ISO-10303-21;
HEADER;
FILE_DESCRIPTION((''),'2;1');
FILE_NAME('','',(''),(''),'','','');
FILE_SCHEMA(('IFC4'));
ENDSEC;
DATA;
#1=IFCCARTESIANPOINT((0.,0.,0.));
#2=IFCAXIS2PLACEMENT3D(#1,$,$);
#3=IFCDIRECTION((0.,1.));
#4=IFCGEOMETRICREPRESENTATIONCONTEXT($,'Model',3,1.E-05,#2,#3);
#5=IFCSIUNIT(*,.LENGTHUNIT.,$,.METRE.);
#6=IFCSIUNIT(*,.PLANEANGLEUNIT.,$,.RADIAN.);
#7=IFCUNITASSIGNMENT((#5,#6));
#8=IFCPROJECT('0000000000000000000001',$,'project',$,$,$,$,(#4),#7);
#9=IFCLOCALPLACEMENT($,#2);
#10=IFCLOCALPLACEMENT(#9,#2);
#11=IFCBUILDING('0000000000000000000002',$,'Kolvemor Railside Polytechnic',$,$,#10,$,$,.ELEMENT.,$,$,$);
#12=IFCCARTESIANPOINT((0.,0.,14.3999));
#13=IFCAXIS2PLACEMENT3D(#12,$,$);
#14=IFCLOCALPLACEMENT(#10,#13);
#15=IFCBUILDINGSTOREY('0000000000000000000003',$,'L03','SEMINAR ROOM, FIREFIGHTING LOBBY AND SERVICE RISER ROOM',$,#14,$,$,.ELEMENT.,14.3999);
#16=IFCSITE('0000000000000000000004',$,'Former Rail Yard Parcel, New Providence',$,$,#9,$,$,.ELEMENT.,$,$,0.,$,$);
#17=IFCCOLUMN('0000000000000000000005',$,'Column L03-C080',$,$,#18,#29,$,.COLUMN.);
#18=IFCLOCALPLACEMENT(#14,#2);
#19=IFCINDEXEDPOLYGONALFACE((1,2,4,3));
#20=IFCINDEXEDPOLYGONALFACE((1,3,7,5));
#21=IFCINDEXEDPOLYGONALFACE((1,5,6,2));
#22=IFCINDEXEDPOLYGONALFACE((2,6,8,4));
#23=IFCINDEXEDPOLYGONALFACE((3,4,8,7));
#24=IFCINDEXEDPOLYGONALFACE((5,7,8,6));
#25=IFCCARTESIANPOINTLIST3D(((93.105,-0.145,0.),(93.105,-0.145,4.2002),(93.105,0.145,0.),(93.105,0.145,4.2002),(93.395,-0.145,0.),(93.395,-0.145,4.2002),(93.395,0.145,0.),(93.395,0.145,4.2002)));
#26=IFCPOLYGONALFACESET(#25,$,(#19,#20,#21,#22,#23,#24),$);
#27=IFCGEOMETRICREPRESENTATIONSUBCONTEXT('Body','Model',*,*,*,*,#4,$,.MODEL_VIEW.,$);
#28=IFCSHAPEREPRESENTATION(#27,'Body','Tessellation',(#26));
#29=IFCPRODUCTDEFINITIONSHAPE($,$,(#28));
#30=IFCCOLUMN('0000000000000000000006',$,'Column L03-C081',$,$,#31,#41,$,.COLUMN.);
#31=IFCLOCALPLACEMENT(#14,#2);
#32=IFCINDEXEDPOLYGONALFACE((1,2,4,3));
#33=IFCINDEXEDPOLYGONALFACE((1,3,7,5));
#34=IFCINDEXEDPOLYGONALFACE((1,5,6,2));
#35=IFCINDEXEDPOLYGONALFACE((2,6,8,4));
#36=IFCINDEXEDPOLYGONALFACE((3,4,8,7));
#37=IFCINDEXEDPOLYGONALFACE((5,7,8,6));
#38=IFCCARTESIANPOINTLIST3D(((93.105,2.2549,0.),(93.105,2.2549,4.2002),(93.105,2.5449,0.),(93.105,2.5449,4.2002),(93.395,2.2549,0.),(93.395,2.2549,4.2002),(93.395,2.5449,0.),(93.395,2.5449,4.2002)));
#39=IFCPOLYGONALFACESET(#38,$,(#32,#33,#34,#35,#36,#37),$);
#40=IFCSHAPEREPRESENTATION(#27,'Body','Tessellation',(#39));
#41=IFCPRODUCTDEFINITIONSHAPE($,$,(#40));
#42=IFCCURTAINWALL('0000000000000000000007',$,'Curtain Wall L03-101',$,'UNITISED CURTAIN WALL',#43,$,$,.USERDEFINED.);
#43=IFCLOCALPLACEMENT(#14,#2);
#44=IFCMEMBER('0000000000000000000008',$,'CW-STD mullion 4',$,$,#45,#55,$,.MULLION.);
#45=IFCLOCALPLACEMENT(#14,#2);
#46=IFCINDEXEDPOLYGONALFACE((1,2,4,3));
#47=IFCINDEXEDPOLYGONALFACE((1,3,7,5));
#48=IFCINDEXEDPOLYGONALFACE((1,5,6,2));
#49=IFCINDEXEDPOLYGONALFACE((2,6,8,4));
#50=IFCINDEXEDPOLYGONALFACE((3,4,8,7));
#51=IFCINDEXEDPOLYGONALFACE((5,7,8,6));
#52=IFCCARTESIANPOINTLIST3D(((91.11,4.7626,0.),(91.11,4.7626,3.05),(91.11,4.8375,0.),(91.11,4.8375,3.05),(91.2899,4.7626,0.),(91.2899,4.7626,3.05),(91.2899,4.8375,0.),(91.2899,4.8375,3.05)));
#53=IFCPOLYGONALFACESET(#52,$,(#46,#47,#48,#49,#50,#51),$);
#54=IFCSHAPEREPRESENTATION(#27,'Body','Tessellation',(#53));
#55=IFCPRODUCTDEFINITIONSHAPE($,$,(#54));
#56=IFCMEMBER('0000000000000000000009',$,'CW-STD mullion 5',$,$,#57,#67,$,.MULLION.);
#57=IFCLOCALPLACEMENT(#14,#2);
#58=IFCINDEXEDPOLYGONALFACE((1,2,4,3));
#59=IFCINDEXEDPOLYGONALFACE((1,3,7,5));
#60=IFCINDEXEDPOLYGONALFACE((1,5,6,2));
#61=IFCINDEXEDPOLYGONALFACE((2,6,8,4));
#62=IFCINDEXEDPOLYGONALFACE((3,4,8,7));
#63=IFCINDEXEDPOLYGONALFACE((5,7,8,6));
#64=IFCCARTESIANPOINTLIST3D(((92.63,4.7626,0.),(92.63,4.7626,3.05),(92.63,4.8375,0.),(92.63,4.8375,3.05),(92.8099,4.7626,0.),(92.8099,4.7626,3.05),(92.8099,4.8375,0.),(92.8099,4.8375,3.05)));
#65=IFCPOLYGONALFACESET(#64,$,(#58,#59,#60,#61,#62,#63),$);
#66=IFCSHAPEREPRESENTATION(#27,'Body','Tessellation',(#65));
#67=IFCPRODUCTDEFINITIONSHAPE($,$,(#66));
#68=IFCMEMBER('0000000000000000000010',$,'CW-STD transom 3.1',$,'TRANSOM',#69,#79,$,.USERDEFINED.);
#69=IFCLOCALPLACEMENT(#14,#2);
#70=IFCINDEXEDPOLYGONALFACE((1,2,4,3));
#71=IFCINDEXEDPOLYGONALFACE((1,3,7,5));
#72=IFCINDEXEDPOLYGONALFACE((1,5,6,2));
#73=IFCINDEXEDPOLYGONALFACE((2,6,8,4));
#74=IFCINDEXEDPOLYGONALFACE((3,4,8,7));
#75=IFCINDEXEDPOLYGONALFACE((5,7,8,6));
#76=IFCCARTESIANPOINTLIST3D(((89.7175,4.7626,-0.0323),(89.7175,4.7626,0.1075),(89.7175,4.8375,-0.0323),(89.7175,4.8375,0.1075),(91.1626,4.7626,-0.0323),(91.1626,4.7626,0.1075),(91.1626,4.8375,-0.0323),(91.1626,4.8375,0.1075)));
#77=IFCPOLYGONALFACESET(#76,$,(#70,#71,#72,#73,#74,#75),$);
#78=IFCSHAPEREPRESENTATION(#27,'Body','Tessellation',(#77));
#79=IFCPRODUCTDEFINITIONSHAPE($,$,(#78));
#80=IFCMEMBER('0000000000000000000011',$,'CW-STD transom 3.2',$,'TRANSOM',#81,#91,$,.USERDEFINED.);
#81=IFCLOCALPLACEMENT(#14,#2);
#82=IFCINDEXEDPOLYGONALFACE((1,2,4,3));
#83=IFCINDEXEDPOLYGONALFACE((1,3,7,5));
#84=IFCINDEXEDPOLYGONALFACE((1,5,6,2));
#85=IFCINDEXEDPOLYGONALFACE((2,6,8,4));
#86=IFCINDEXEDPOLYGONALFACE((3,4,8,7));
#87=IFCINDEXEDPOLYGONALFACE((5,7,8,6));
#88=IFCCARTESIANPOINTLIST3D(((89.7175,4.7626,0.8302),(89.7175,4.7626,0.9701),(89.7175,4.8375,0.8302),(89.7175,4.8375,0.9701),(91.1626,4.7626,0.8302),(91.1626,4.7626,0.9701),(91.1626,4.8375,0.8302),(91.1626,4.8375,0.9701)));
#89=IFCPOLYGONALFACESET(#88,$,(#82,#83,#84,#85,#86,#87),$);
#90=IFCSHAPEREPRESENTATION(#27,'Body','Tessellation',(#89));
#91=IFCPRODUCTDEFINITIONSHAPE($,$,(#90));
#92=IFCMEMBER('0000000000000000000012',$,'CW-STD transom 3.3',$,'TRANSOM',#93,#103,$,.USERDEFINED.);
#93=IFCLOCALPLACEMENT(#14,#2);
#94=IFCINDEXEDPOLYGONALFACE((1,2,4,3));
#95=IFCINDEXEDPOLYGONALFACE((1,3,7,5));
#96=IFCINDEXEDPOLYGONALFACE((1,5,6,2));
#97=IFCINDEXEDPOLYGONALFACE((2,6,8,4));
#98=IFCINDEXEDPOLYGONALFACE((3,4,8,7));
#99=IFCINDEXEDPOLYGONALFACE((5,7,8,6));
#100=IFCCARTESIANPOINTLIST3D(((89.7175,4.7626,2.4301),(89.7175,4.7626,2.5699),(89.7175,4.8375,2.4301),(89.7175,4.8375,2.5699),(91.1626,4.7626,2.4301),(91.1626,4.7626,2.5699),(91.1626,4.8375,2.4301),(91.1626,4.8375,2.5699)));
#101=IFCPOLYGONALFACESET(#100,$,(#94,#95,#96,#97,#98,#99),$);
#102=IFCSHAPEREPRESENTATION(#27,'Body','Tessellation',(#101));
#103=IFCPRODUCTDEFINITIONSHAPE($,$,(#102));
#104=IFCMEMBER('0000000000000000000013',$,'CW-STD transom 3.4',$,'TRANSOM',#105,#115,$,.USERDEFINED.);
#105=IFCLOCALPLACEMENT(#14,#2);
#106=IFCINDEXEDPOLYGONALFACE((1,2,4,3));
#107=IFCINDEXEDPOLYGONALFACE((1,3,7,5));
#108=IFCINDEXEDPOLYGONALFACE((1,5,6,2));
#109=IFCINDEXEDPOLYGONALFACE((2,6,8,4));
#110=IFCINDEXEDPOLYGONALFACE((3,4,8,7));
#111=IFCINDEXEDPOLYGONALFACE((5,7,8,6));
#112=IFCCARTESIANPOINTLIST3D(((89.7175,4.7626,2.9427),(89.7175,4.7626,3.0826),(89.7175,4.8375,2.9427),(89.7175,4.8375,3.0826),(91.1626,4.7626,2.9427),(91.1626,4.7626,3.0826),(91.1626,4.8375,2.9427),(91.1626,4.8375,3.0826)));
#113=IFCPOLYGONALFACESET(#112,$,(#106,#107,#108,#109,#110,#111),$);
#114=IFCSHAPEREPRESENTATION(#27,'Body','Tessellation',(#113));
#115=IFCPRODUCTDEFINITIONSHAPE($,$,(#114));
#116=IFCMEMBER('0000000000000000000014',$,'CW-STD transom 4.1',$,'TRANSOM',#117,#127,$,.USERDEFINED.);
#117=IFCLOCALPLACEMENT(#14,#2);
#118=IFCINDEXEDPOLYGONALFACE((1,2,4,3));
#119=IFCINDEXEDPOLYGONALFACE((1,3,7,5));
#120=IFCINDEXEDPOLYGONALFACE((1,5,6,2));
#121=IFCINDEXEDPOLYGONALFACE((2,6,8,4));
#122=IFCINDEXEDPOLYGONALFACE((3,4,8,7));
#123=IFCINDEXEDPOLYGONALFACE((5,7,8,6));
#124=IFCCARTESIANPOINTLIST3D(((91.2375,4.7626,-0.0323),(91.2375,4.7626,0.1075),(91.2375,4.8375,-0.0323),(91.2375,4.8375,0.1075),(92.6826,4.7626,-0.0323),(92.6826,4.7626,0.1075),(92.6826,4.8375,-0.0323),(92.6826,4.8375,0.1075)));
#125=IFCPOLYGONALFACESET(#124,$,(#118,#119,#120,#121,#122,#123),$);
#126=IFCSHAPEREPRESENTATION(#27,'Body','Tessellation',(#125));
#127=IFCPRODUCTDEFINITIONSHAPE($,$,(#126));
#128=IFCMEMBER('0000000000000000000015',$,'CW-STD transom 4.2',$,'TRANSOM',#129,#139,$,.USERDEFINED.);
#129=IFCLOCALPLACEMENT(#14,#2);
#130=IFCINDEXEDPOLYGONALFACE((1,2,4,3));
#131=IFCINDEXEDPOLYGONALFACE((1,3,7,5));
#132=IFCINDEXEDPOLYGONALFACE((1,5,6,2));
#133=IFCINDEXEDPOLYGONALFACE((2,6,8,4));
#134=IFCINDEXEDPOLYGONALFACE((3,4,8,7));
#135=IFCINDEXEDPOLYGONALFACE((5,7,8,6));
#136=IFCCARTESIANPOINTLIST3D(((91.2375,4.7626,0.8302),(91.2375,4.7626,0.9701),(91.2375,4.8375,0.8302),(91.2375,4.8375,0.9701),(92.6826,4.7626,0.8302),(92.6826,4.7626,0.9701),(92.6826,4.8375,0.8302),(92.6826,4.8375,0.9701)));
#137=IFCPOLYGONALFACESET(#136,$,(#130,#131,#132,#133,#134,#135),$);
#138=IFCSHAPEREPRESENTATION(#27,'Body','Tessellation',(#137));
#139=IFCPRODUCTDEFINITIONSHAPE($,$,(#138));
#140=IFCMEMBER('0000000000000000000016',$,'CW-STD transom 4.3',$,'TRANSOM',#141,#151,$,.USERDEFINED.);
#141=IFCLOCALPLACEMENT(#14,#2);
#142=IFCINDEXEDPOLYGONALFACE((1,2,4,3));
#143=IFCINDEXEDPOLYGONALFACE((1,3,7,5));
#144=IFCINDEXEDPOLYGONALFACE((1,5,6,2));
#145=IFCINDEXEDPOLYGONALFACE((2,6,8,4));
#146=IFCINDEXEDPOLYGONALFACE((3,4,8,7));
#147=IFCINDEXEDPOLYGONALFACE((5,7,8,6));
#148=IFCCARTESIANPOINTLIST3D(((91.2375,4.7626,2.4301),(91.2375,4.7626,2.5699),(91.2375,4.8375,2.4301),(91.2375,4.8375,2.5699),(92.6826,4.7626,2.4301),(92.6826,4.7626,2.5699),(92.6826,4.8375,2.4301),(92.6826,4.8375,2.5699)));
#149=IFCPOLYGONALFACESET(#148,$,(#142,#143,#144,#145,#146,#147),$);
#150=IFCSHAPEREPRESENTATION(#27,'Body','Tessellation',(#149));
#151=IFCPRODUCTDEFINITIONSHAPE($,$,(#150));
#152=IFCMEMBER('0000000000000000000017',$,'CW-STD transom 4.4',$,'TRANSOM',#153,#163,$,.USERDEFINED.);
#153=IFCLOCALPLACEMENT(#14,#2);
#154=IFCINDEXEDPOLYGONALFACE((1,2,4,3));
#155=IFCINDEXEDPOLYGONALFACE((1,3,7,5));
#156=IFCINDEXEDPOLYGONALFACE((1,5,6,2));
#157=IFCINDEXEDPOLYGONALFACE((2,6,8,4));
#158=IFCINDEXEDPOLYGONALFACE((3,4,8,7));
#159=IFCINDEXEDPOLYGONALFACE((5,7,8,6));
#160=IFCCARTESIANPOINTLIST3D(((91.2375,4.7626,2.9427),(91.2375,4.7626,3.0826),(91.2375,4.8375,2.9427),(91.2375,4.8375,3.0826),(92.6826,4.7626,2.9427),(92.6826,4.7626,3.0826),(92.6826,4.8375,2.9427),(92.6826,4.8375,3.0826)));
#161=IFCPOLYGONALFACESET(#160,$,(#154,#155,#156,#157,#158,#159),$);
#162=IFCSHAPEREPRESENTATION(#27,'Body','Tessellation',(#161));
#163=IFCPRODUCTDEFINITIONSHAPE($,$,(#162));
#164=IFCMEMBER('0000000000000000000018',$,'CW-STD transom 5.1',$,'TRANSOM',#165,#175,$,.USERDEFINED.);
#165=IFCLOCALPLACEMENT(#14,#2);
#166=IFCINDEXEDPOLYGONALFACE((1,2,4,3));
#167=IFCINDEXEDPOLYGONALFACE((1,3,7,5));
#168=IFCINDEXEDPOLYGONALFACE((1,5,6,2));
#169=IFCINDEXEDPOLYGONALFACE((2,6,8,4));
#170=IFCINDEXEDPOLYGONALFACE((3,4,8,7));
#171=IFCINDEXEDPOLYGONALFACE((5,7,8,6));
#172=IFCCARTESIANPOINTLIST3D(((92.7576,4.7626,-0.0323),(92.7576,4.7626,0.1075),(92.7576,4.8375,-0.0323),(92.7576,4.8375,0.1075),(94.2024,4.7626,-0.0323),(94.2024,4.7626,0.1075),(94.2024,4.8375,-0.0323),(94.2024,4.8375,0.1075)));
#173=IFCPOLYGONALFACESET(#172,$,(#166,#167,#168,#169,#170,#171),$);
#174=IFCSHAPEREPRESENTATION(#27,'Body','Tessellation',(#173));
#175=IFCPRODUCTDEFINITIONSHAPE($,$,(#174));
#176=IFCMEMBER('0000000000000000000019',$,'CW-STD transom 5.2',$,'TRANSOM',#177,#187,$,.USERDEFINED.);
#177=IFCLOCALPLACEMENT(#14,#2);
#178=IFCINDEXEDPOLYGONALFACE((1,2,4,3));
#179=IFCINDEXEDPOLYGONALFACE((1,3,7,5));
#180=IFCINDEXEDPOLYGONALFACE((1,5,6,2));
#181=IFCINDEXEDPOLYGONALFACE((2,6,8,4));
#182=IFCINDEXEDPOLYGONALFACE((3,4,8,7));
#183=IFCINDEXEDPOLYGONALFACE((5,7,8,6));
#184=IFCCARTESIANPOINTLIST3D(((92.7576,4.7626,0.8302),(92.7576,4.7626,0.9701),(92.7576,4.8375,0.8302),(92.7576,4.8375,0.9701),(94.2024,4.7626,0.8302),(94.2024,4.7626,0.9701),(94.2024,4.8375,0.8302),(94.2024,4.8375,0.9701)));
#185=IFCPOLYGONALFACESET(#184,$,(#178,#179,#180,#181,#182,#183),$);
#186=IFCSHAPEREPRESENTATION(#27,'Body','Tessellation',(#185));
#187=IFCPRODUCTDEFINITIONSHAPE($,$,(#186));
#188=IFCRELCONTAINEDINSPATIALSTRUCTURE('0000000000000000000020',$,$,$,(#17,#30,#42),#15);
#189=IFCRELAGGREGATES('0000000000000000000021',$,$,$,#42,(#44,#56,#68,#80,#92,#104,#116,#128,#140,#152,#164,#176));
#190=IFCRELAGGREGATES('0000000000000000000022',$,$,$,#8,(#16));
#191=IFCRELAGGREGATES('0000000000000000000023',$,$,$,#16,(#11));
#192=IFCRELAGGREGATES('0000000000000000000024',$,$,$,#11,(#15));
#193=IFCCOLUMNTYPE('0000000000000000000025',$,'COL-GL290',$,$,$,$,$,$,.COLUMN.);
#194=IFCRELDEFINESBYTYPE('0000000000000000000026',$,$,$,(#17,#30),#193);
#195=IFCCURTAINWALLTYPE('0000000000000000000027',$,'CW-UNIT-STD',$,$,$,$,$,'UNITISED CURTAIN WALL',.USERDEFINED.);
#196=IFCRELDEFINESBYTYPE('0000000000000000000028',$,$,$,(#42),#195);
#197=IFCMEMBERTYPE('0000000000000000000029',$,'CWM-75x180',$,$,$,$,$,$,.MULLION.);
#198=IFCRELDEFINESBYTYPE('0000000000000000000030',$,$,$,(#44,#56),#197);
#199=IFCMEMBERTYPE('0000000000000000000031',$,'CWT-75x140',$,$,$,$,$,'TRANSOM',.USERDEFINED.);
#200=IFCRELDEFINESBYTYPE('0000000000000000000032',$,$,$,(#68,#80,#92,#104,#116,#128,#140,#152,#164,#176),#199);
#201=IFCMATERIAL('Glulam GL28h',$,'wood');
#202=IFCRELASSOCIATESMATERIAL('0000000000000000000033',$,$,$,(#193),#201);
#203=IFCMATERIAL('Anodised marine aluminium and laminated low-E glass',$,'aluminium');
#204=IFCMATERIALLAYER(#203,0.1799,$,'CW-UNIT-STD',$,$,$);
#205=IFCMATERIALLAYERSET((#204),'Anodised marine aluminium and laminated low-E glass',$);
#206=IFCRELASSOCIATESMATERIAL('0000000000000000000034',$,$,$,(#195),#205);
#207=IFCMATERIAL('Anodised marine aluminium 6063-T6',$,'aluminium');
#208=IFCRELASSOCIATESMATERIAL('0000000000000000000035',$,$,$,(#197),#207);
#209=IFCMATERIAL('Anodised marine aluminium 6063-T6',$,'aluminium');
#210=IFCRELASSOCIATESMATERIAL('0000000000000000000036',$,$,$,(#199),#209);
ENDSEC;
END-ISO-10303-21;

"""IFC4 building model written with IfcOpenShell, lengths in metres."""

from ifc_helpers import new_model, si_unit, direction, frame, origin, origin_2d, place, context, subcontext, project, spatial, rectangle, extrude, material, layer, layer_set, material_profile, profile_set, type_object, element, aggregate, save


model = new_model("IFC4")

# Units and contexts
model_context = context("Model", 3, precision=1e-05, world=origin(), true_north=direction((0.0, 1.0)))
body_context = subcontext(model_context, "Body", "Model", "MODEL_VIEW")
ifc_project = project(units=[si_unit("LENGTHUNIT", "METRE"), si_unit("PLANEANGLEUNIT", "RADIAN")], contexts=[model_context])

# Site, building, storey
site_placement = place(None, origin())
site = spatial("IfcSite", under=ifc_project, at=site_placement, Name="Former Rail Yard Parcel, New Providence", CompositionType="ELEMENT", RefElevation=0.0)
building_placement = place(site_placement, origin())
building = spatial("IfcBuilding", under=site, at=building_placement, Name="Kolvemor Railside Polytechnic", CompositionType="ELEMENT")
storey_placement = place(building_placement, frame((0.0, 0.0, 14.3999)))
storey = spatial("IfcBuildingStorey", under=building, at=storey_placement, Name="L03", Description="SEMINAR ROOM, FIREFIGHTING LOBBY AND SERVICE RISER ROOM", CompositionType="ELEMENT", Elevation=14.3999)

# Columns
ifc_material_1 = material(Name="Glulam GL28h", Category="wood")
ifc_material_profile_1 = material_profile(ifc_material_1, rectangle(XDim=0.29, YDim=0.29, at=origin_2d()), Name="GL290x290")
ifc_profile_set_1 = profile_set([ifc_material_profile_1], Name="Glulam GL28h")
column_type = type_object("IfcColumnType", Name="COL-GL290", PredefinedType="COLUMN", material=ifc_profile_set_1)
for number, where, z_axis, x_axis, name in (
    (1, (93.25, 0.0, 0.0), (0.0, 0.0, 1.0), (1.0, 0.0, 0.0), "Column L03-C080"),
    (2, (93.25, 2.3999, 0.0), (0.0, 0.0, 1.0), (1.0, 0.0, 0.0), "Column L03-C081"),
):
    element("IfcColumn", number, at=place(storey_placement, frame(where, z_axis=z_axis, x_axis=x_axis)), inside=storey, type_object=column_type, Name=name, PredefinedType="COLUMN", context=body_context, shape_type="SweptSolid", body=[
        extrude(rectangle(XDim=0.29, YDim=0.29, at=origin_2d()), origin(), (0.0, 0.0, 1.0), 4.2002),
    ])

# Curtain wall, members
ifc_material_2 = material(Name="Anodised marine aluminium and laminated low-E glass", Category="aluminium")
ifc_layer_1 = layer(ifc_material_2, 0.1799, Name="CW-UNIT-STD")
ifc_layer_set_1 = layer_set([ifc_layer_1], Name="Anodised marine aluminium and laminated low-E glass")
curtain_wall_type = type_object("IfcCurtainWallType", Name="CW-UNIT-STD", ElementType="UNITISED CURTAIN WALL", PredefinedType="USERDEFINED", material=ifc_layer_set_1)
curtain_wall_placement = place(storey_placement, origin())
curtain_wall = element("IfcCurtainWall", 3, at=curtain_wall_placement, inside=storey, type_object=curtain_wall_type, Name="Curtain Wall L03-101", ObjectType="UNITISED CURTAIN WALL", PredefinedType="USERDEFINED")
ifc_material_3 = material(Name="Anodised marine aluminium 6063-T6", Category="aluminium")
ifc_material_profile_2 = material_profile(ifc_material_3, rectangle(XDim=0.075, YDim=0.1799, at=origin_2d()), Name="CW-MUL-75x180")
ifc_profile_set_2 = profile_set([ifc_material_profile_2], Name="Anodised marine aluminium 6063-T6")
member_type_1 = type_object("IfcMemberType", Name="CWM-75x180", PredefinedType="MULLION", material=ifc_profile_set_2)
member_1_placement = place(storey_placement, frame((91.2, 4.8, 0.0), z_axis=(0.0, 0.0, 1.0), x_axis=(0.0, 1.0, 0.0)))
member_1 = element("IfcMember", 4, at=member_1_placement, type_object=member_type_1, Name="CW-STD mullion 4", PredefinedType="MULLION", context=body_context, shape_type="SweptSolid", body=[
    extrude(rectangle(XDim=0.075, YDim=0.1799, at=origin_2d()), origin(), (0.0, 0.0, 1.0), 3.05),
])
member_2_placement = place(storey_placement, frame((92.72, 4.8, 0.0), z_axis=(0.0, 0.0, 1.0), x_axis=(0.0, 1.0, 0.0)))
member_2 = element("IfcMember", 5, at=member_2_placement, type_object=member_type_1, Name="CW-STD mullion 5", PredefinedType="MULLION", context=body_context, shape_type="SweptSolid", body=[
    extrude(rectangle(XDim=0.075, YDim=0.1799, at=origin_2d()), origin(), (0.0, 0.0, 1.0), 3.05),
])
ifc_material_4 = material(Name="Anodised marine aluminium 6063-T6", Category="aluminium")
ifc_material_profile_3 = material_profile(ifc_material_4, rectangle(XDim=0.075, YDim=0.1399, at=origin_2d()), Name="CW-TRN-75x140")
ifc_profile_set_3 = profile_set([ifc_material_profile_3], Name="Anodised marine aluminium 6063-T6")
member_type_2 = type_object("IfcMemberType", Name="CWT-75x140", ElementType="TRANSOM", PredefinedType="USERDEFINED", material=ifc_profile_set_3)
member_3_placement = place(storey_placement, frame((89.7175, 4.8, 0.0376), z_axis=(1.0, 0.0, 0.0), x_axis=(0.0, 1.0, 0.0)))
member_3 = element("IfcMember", 6, at=member_3_placement, type_object=member_type_2, Name="CW-STD transom 3.1", ObjectType="TRANSOM", PredefinedType="USERDEFINED", context=body_context, shape_type="SweptSolid", body=[
    extrude(rectangle(XDim=0.075, YDim=0.1399, at=origin_2d()), origin(), (0.0, 0.0, 1.0), 1.4451),
])
member_4_placement = place(storey_placement, frame((89.7175, 4.8, 0.9001), z_axis=(1.0, 0.0, 0.0), x_axis=(0.0, 1.0, 0.0)))
member_4 = element("IfcMember", 7, at=member_4_placement, type_object=member_type_2, Name="CW-STD transom 3.2", ObjectType="TRANSOM", PredefinedType="USERDEFINED", context=body_context, shape_type="SweptSolid", body=[
    extrude(rectangle(XDim=0.075, YDim=0.1399, at=origin_2d()), origin(), (0.0, 0.0, 1.0), 1.4451),
])
member_5_placement = place(storey_placement, frame((89.7175, 4.8, 2.5), z_axis=(1.0, 0.0, 0.0), x_axis=(0.0, 1.0, 0.0)))
member_5 = element("IfcMember", 8, at=member_5_placement, type_object=member_type_2, Name="CW-STD transom 3.3", ObjectType="TRANSOM", PredefinedType="USERDEFINED", context=body_context, shape_type="SweptSolid", body=[
    extrude(rectangle(XDim=0.075, YDim=0.1399, at=origin_2d()), origin(), (0.0, 0.0, 1.0), 1.4451),
])
member_6_placement = place(storey_placement, frame((89.7175, 4.8, 3.0127), z_axis=(1.0, 0.0, 0.0), x_axis=(0.0, 1.0, 0.0)))
member_6 = element("IfcMember", 9, at=member_6_placement, type_object=member_type_2, Name="CW-STD transom 3.4", ObjectType="TRANSOM", PredefinedType="USERDEFINED", context=body_context, shape_type="SweptSolid", body=[
    extrude(rectangle(XDim=0.075, YDim=0.1399, at=origin_2d()), origin(), (0.0, 0.0, 1.0), 1.4451),
])
member_7_placement = place(storey_placement, frame((91.2375, 4.8, 0.0376), z_axis=(1.0, 0.0, 0.0), x_axis=(0.0, 1.0, 0.0)))
member_7 = element("IfcMember", 10, at=member_7_placement, type_object=member_type_2, Name="CW-STD transom 4.1", ObjectType="TRANSOM", PredefinedType="USERDEFINED", context=body_context, shape_type="SweptSolid", body=[
    extrude(rectangle(XDim=0.075, YDim=0.1399, at=origin_2d()), origin(), (0.0, 0.0, 1.0), 1.4451),
])
member_8_placement = place(storey_placement, frame((91.2375, 4.8, 0.9001), z_axis=(1.0, 0.0, 0.0), x_axis=(0.0, 1.0, 0.0)))
member_8 = element("IfcMember", 11, at=member_8_placement, type_object=member_type_2, Name="CW-STD transom 4.2", ObjectType="TRANSOM", PredefinedType="USERDEFINED", context=body_context, shape_type="SweptSolid", body=[
    extrude(rectangle(XDim=0.075, YDim=0.1399, at=origin_2d()), origin(), (0.0, 0.0, 1.0), 1.4451),
])
member_9_placement = place(storey_placement, frame((91.2375, 4.8, 2.5), z_axis=(1.0, 0.0, 0.0), x_axis=(0.0, 1.0, 0.0)))
member_9 = element("IfcMember", 12, at=member_9_placement, type_object=member_type_2, Name="CW-STD transom 4.3", ObjectType="TRANSOM", PredefinedType="USERDEFINED", context=body_context, shape_type="SweptSolid", body=[
    extrude(rectangle(XDim=0.075, YDim=0.1399, at=origin_2d()), origin(), (0.0, 0.0, 1.0), 1.4451),
])
member_10_placement = place(storey_placement, frame((91.2375, 4.8, 3.0127), z_axis=(1.0, 0.0, 0.0), x_axis=(0.0, 1.0, 0.0)))
member_10 = element("IfcMember", 13, at=member_10_placement, type_object=member_type_2, Name="CW-STD transom 4.4", ObjectType="TRANSOM", PredefinedType="USERDEFINED", context=body_context, shape_type="SweptSolid", body=[
    extrude(rectangle(XDim=0.075, YDim=0.1399, at=origin_2d()), origin(), (0.0, 0.0, 1.0), 1.4451),
])
member_11_placement = place(storey_placement, frame((92.7576, 4.8, 0.0376), z_axis=(1.0, 0.0, 0.0), x_axis=(0.0, 1.0, 0.0)))
member_11 = element("IfcMember", 14, at=member_11_placement, type_object=member_type_2, Name="CW-STD transom 5.1", ObjectType="TRANSOM", PredefinedType="USERDEFINED", context=body_context, shape_type="SweptSolid", body=[
    extrude(rectangle(XDim=0.075, YDim=0.1399, at=origin_2d()), origin(), (0.0, 0.0, 1.0), 1.4448),
])
member_12_placement = place(storey_placement, frame((92.7576, 4.8, 0.9001), z_axis=(1.0, 0.0, 0.0), x_axis=(0.0, 1.0, 0.0)))
member_12 = element("IfcMember", 15, at=member_12_placement, type_object=member_type_2, Name="CW-STD transom 5.2", ObjectType="TRANSOM", PredefinedType="USERDEFINED", context=body_context, shape_type="SweptSolid", body=[
    extrude(rectangle(XDim=0.075, YDim=0.1399, at=origin_2d()), origin(), (0.0, 0.0, 1.0), 1.4448),
])
aggregate(curtain_wall, [member_1, member_2, member_3, member_4, member_5, member_6, member_7, member_8, member_9, member_10, member_11, member_12])

save(model, "model.ifc")
